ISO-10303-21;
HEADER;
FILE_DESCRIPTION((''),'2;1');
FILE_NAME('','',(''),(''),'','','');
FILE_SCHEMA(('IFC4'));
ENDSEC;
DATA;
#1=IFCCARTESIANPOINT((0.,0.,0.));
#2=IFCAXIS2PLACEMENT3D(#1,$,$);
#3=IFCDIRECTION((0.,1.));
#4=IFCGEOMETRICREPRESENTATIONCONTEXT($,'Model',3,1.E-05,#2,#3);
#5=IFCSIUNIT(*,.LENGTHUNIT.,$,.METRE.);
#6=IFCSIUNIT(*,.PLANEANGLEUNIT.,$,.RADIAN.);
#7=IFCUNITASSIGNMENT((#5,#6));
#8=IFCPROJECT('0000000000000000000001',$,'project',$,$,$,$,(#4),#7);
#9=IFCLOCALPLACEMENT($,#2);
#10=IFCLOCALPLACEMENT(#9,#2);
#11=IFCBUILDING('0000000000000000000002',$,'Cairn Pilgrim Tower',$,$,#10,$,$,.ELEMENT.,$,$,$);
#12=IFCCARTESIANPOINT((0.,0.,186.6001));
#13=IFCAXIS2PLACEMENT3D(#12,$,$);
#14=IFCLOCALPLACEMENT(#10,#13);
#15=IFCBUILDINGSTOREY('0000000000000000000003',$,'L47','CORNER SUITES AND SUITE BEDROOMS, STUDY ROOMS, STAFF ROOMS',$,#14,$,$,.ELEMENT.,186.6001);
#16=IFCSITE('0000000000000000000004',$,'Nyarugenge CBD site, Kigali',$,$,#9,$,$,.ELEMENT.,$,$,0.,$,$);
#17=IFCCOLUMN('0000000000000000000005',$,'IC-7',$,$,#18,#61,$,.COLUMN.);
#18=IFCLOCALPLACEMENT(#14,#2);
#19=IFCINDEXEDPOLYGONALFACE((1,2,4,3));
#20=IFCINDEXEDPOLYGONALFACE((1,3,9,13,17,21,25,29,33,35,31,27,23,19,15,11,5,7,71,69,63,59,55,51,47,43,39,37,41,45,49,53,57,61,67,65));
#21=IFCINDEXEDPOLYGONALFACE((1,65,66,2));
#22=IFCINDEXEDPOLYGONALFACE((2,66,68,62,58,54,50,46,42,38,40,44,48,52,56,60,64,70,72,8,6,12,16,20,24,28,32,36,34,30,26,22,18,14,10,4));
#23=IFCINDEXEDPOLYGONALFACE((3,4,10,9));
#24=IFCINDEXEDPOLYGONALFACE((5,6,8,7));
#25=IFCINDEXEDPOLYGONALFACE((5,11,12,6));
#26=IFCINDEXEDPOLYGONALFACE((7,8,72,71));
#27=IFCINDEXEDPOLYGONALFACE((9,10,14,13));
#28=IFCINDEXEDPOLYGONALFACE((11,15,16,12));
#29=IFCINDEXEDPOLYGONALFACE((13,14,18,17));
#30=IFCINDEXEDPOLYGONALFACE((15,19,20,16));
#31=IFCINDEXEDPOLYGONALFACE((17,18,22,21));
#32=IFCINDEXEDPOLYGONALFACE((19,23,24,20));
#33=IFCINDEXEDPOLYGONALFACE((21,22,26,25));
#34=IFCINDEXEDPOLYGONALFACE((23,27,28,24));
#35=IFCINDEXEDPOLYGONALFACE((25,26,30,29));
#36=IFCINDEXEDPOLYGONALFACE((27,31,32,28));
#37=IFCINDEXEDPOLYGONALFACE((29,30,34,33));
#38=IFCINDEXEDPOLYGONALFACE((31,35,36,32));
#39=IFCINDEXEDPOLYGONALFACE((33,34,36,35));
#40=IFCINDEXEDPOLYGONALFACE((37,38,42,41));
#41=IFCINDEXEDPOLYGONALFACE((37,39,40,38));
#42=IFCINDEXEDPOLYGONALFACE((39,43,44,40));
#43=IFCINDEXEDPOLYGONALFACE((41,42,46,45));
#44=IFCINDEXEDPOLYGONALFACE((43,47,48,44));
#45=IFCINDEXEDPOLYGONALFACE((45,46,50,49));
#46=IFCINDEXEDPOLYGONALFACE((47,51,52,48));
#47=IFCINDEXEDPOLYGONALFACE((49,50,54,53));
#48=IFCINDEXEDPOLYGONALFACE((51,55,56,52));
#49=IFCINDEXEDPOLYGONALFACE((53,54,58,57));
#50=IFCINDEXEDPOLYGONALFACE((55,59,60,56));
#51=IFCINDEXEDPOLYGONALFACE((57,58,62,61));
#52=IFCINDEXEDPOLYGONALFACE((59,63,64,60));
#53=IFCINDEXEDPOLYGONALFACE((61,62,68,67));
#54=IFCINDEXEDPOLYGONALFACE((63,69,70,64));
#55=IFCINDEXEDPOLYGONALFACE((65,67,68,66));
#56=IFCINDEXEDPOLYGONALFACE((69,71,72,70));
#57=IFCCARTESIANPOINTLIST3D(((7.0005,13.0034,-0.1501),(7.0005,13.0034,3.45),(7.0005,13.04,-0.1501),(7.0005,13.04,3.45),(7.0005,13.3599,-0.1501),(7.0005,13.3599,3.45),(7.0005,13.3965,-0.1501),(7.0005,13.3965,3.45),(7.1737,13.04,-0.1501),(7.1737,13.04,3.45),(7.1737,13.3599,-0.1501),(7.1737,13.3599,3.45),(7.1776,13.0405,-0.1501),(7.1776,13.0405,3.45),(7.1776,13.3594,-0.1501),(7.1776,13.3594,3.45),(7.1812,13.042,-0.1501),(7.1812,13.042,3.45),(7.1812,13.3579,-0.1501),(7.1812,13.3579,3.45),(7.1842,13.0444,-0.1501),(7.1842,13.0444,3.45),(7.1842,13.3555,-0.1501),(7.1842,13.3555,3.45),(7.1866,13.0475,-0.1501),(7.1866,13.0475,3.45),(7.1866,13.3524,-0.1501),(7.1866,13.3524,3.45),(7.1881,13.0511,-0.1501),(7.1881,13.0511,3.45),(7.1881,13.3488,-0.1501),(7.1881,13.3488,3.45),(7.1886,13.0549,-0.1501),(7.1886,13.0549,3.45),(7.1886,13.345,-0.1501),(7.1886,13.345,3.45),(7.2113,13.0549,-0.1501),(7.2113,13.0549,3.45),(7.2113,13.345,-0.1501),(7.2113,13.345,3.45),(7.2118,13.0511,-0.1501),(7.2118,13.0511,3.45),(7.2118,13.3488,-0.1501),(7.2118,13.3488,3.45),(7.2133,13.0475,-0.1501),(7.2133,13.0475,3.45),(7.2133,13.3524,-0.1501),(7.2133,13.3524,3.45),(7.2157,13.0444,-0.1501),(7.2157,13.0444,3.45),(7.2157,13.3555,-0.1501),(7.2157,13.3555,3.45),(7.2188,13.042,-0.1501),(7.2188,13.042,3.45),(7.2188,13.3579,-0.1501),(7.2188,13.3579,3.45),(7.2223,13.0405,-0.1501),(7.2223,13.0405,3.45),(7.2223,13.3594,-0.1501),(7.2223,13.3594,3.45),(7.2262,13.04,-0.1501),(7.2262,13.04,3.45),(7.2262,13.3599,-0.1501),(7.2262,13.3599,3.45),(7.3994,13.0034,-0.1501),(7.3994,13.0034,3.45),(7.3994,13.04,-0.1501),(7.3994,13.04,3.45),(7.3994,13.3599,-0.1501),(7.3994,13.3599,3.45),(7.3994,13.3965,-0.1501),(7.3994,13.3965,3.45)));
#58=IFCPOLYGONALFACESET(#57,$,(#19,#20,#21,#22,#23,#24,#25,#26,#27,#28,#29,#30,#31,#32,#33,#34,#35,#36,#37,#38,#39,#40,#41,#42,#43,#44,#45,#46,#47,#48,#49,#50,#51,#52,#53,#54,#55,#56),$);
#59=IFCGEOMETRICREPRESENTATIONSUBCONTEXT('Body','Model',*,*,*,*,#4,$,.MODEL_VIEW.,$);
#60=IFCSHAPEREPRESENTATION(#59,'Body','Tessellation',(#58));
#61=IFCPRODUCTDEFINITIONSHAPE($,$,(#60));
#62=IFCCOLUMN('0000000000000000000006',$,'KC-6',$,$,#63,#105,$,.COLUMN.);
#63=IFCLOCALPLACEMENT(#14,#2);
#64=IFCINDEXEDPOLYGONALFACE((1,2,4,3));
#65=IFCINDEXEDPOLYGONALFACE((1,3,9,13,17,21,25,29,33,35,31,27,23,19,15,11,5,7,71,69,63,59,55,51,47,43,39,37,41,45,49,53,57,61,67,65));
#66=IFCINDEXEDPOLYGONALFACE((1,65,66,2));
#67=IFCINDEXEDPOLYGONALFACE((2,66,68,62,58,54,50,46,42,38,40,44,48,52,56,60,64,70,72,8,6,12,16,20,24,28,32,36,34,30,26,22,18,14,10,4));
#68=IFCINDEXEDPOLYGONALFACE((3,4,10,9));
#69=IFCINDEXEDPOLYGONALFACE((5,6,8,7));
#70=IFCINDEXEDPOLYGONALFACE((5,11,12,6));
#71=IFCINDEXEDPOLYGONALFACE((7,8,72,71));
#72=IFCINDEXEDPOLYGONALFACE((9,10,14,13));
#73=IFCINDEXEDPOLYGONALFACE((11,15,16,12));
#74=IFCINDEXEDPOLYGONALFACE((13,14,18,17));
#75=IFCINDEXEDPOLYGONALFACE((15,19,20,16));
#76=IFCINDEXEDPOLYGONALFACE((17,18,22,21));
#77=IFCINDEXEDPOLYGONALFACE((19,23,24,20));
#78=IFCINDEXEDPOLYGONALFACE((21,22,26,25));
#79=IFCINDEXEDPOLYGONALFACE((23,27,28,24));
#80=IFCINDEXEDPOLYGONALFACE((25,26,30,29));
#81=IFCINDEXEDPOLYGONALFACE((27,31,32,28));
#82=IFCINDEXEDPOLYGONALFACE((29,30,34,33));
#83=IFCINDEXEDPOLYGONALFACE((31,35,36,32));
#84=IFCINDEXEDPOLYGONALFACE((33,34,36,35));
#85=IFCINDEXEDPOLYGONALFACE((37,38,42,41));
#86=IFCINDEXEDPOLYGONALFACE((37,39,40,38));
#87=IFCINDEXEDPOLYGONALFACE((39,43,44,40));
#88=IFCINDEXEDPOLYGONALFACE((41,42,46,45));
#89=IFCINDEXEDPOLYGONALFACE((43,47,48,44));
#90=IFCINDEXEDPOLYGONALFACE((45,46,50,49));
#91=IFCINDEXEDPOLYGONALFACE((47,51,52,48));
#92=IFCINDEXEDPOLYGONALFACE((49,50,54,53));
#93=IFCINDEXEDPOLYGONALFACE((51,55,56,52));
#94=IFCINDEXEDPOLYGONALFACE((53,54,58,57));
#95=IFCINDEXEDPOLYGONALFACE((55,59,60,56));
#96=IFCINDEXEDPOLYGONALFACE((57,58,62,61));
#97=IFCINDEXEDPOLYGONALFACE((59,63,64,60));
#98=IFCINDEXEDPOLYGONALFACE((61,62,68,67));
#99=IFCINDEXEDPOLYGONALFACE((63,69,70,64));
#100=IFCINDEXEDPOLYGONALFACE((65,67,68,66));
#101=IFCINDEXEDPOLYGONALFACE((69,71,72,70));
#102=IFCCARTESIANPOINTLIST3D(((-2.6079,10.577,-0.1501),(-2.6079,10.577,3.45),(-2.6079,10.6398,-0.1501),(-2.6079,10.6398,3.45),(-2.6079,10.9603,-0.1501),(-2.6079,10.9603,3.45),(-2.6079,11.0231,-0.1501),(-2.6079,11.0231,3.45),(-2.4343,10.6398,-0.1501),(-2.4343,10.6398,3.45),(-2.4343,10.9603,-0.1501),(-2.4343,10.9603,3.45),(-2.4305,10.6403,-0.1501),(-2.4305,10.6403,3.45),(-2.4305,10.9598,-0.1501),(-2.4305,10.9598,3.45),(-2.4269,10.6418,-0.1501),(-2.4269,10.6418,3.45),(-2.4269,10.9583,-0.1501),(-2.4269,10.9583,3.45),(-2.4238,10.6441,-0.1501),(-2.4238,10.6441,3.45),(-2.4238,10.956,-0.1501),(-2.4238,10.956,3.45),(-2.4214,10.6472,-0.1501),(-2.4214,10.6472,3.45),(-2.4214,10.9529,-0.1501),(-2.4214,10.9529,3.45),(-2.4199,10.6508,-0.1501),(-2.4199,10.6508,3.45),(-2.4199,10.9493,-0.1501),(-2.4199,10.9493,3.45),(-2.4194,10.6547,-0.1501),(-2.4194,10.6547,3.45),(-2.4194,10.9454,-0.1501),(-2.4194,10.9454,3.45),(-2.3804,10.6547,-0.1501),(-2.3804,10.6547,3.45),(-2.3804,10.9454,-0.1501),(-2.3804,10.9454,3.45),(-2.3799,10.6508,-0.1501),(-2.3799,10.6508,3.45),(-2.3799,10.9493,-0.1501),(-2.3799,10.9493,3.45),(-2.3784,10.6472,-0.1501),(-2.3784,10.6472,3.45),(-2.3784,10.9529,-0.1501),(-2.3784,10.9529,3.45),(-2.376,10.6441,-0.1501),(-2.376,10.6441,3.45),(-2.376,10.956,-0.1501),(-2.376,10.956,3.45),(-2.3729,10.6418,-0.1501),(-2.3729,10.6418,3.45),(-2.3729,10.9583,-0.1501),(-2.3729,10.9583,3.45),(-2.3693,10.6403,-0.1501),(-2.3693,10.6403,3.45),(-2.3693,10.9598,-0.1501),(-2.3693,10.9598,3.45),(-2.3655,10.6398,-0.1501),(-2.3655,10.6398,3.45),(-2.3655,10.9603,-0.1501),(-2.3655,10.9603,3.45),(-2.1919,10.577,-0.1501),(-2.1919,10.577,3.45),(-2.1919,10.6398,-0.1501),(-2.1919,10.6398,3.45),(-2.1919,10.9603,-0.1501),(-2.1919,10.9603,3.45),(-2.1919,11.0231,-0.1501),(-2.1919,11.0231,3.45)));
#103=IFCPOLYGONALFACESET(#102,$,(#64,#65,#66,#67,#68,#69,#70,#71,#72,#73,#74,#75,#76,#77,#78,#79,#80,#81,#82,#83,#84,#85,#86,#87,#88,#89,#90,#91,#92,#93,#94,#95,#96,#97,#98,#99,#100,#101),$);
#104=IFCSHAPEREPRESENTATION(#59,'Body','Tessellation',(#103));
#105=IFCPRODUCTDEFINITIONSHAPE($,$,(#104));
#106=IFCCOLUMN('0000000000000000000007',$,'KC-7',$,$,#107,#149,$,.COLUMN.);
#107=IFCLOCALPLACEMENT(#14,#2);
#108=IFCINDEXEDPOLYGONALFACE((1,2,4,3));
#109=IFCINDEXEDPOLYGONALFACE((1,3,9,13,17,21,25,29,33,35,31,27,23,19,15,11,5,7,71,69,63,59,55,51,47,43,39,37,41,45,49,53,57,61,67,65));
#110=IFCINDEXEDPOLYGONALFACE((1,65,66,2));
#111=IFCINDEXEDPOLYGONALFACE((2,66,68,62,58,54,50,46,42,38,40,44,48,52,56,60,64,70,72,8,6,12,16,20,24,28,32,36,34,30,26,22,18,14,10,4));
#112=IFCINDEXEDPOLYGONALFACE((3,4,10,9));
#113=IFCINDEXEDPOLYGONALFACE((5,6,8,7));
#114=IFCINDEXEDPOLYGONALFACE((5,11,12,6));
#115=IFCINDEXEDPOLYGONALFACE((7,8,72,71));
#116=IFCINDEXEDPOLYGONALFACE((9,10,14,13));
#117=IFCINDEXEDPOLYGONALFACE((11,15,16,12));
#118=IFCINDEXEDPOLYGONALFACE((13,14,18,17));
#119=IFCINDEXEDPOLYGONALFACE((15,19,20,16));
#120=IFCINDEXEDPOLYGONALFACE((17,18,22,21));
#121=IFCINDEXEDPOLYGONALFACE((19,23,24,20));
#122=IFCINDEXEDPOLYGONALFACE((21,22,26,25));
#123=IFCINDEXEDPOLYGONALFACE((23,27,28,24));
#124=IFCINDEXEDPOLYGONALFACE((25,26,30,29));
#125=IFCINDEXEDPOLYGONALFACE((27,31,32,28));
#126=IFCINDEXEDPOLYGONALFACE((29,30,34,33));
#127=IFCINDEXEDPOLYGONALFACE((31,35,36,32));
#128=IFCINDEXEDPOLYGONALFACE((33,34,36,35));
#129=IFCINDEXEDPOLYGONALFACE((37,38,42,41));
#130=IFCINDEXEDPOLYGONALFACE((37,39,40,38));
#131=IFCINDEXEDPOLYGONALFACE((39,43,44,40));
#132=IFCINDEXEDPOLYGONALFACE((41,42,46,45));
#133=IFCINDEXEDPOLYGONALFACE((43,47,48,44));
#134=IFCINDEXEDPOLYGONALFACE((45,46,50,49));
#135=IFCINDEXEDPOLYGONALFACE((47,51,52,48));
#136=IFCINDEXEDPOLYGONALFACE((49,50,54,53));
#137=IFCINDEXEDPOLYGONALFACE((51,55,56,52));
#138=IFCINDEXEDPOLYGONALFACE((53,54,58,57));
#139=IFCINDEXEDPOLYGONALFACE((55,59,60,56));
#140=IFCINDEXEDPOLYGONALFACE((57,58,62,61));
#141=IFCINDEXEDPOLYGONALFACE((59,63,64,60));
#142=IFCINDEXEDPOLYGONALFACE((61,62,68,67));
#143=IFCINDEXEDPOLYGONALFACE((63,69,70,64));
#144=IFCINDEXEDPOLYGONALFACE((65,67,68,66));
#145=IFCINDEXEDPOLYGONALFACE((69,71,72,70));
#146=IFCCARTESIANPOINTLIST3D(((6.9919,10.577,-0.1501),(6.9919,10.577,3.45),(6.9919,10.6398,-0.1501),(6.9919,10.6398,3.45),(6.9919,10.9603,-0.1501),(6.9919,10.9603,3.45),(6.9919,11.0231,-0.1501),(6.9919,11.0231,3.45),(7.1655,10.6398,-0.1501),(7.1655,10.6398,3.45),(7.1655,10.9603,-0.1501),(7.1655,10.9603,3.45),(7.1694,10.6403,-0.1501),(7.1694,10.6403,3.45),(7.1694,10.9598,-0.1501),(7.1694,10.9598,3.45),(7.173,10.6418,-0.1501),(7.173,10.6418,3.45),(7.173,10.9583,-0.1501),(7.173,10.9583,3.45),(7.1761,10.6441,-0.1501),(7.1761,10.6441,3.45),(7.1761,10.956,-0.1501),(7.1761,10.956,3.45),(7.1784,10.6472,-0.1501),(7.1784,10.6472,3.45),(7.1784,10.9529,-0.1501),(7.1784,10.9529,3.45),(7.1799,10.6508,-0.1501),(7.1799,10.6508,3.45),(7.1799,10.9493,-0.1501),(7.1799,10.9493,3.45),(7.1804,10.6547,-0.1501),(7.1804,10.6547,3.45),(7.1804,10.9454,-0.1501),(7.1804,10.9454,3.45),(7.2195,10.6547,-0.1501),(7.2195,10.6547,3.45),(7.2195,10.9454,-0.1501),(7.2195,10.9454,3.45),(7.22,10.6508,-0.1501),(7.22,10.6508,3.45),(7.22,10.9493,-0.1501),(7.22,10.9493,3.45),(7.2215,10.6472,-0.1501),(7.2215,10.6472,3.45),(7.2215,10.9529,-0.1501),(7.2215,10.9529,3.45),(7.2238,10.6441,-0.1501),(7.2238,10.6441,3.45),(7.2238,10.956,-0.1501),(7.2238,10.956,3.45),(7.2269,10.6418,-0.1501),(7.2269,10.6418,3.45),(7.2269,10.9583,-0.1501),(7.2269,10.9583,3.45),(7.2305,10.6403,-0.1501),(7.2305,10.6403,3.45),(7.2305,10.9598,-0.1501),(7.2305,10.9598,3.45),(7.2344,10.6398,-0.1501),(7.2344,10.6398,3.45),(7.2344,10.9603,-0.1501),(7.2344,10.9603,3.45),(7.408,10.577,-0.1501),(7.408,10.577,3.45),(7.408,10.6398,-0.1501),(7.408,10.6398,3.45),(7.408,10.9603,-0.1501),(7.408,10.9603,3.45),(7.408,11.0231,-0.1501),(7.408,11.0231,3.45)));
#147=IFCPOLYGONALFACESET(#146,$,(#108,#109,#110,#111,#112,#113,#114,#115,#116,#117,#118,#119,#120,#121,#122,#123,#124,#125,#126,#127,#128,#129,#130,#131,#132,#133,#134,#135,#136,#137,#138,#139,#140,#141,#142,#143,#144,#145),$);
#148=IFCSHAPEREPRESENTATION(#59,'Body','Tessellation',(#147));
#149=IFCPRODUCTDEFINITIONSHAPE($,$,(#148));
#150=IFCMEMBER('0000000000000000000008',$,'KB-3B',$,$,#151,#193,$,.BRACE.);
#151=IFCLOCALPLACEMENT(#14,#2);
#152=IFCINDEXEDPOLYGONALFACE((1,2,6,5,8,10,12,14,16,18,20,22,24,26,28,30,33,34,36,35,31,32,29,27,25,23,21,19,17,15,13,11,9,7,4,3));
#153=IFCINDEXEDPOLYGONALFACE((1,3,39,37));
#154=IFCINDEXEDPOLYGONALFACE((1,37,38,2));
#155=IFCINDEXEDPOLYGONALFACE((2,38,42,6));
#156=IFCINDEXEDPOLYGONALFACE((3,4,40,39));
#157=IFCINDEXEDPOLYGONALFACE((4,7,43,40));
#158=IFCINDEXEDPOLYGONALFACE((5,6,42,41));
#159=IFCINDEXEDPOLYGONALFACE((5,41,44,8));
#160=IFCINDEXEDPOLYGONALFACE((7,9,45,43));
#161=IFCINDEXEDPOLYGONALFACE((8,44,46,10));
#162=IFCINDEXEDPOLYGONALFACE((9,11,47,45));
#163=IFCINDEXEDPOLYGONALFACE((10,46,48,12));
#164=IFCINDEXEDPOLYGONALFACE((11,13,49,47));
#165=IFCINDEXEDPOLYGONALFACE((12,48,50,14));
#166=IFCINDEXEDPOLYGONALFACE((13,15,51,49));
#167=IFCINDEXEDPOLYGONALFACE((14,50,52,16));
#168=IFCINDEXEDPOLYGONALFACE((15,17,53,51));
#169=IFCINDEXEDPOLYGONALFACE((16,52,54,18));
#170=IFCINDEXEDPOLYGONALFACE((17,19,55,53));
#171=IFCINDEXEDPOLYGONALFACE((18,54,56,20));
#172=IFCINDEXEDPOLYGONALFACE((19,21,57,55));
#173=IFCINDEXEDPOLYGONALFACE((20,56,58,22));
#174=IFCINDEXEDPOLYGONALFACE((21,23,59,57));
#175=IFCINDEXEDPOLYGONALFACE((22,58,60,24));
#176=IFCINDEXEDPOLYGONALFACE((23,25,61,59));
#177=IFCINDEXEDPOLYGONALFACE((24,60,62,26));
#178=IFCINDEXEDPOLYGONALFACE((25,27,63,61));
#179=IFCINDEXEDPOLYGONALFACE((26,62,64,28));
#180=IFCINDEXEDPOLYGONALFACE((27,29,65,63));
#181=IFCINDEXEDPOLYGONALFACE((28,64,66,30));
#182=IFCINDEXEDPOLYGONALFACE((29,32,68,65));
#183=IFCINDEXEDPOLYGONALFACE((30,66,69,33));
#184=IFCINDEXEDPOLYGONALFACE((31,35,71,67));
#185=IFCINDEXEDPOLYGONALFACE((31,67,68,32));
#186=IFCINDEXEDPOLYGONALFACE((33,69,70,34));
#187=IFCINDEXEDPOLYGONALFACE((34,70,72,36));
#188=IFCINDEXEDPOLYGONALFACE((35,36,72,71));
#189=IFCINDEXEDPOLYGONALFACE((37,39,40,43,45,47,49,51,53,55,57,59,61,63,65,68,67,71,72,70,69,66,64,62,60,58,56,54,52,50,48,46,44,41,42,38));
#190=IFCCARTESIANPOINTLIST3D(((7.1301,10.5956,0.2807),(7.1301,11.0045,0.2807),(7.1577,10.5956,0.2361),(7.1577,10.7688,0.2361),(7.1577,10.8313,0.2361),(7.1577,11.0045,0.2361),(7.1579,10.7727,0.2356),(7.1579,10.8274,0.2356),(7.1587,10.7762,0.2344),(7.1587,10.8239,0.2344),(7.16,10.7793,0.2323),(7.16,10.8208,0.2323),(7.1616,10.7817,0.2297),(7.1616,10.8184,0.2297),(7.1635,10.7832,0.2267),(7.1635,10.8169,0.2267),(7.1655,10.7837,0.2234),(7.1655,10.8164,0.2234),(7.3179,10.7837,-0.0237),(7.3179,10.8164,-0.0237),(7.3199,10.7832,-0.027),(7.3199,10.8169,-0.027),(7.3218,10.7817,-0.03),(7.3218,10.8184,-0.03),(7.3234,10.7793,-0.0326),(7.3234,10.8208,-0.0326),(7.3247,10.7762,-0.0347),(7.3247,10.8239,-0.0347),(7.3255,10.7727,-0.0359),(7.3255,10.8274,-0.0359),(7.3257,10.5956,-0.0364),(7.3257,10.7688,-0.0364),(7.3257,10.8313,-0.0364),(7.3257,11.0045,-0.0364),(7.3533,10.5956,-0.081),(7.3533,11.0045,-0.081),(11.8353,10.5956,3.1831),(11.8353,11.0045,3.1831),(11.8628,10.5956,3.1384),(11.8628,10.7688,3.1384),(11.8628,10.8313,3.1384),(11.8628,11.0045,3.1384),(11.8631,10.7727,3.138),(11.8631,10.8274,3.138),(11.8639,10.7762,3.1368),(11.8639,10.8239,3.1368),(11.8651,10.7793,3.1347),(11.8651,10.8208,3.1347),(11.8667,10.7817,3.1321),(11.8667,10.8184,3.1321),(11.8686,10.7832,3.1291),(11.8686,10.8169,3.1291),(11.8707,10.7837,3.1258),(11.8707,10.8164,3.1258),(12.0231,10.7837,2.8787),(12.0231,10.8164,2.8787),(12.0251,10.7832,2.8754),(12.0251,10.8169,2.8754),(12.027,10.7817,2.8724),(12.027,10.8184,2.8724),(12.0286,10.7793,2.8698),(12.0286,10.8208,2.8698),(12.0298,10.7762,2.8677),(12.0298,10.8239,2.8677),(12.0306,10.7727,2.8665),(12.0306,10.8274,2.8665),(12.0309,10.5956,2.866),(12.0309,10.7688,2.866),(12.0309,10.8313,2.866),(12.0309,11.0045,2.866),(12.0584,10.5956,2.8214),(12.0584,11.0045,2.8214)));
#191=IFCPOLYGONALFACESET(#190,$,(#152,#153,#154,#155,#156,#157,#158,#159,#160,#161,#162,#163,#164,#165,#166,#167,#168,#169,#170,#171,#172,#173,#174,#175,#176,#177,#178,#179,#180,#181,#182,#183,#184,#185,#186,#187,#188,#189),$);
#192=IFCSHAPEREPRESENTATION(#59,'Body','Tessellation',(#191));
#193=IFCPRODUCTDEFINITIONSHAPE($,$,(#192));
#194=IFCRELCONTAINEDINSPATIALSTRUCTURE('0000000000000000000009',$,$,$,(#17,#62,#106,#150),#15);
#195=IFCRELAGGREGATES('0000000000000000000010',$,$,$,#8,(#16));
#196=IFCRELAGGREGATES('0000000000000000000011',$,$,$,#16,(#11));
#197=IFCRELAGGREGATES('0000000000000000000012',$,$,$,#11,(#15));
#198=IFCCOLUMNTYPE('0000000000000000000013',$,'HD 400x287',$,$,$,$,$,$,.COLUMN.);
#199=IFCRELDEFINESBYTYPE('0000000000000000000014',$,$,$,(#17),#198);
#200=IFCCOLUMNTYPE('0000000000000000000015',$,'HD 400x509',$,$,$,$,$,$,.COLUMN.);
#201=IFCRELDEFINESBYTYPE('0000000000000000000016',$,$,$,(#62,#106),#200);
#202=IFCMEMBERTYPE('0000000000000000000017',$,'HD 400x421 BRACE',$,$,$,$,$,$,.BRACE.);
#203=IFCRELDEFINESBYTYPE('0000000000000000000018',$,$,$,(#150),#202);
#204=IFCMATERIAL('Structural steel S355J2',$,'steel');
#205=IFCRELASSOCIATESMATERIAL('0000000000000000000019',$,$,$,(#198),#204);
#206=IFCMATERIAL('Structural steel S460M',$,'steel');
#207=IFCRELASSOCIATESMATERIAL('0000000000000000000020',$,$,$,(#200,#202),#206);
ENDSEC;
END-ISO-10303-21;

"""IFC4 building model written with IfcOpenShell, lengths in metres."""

from ifc_helpers import new_model, si_unit, direction, frame, origin, origin_2d, place, context, subcontext, project, spatial, i_section, extrude, material, material_profile, profile_set, type_object, element, save


model = new_model("IFC4")

# Units and contexts
model_context = context("Model", 3, precision=1e-05, world=origin(), true_north=direction((0.0, 1.0)))
body_context = subcontext(model_context, "Body", "Model", "MODEL_VIEW")
ifc_project = project(units=[si_unit("LENGTHUNIT", "METRE"), si_unit("PLANEANGLEUNIT", "RADIAN")], contexts=[model_context])

# Site, building, storey
site_placement = place(None, origin())
site = spatial("IfcSite", under=ifc_project, at=site_placement, Name="Nyarugenge CBD site, Kigali", CompositionType="ELEMENT", RefElevation=0.0)
building_placement = place(site_placement, origin())
building = spatial("IfcBuilding", under=site, at=building_placement, Name="Cairn Pilgrim Tower", CompositionType="ELEMENT")
storey_placement = place(building_placement, frame((0.0, 0.0, 186.6001)))
storey = spatial("IfcBuildingStorey", under=building, at=storey_placement, Name="L47", Description="CORNER SUITES AND SUITE BEDROOMS, STUDY ROOMS, STAFF ROOMS", CompositionType="ELEMENT", Elevation=186.6001)

# Columns
ifc_material_1 = material(Name="Structural steel S355J2", Category="steel")
ifc_material_profile_1 = material_profile(ifc_material_1, i_section(OverallWidth=0.3989, OverallDepth=0.3931, WebThickness=0.0227, FlangeThickness=0.0366, FilletRadius=0.0149, at=origin_2d()), Name="HD 400x287")
ifc_profile_set_1 = profile_set([ifc_material_profile_1], Name="Structural steel S355J2")
column_type_1 = type_object("IfcColumnType", Name="HD 400x287", PredefinedType="COLUMN", material=ifc_profile_set_1)
column_placement = place(storey_placement, frame((7.2, 13.2, -0.1501), z_axis=(0.0, 0.0, 1.0), x_axis=(1.0, 0.0, 0.0)))
element("IfcColumn", 1, at=column_placement, inside=storey, type_object=column_type_1, Name="IC-7", PredefinedType="COLUMN", context=body_context, shape_type="SweptSolid", body=[
    extrude(i_section(OverallWidth=0.3989, OverallDepth=0.3931, WebThickness=0.0227, FlangeThickness=0.0366, FilletRadius=0.0149, at=origin_2d()), origin(), (0.0, 0.0, 1.0), 3.6001),
])
ifc_material_2 = material(Name="Structural steel S460M", Category="steel")
ifc_material_profile_2 = material_profile(ifc_material_2, i_section(OverallWidth=0.416, OverallDepth=0.446, WebThickness=0.0391, FlangeThickness=0.0627, FilletRadius=0.0149, at=origin_2d()), Name="HD 400x509")
ifc_profile_set_2 = profile_set([ifc_material_profile_2], Name="Structural steel S460M")
column_type_2 = type_object("IfcColumnType", Name="HD 400x509", PredefinedType="COLUMN", material=ifc_profile_set_2)
for number, where, z_axis, x_axis, name in (
    (2, (-2.3999, 10.8, -0.1501), (0.0, 0.0, 1.0), (1.0, 0.0, 0.0), "KC-6"),
    (3, (7.2, 10.8, -0.1501), (0.0, 0.0, 1.0), (1.0, 0.0, 0.0), "KC-7"),
):
    element("IfcColumn", number, at=place(storey_placement, frame(where, z_axis=z_axis, x_axis=x_axis)), inside=storey, type_object=column_type_2, Name=name, PredefinedType="COLUMN", context=body_context, shape_type="SweptSolid", body=[
        extrude(i_section(OverallWidth=0.416, OverallDepth=0.446, WebThickness=0.0391, FlangeThickness=0.0627, FilletRadius=0.0149, at=origin_2d()), origin(), (0.0, 0.0, 1.0), 3.6001),
    ])

# Member
ifc_material_profile_3 = material_profile(ifc_material_2, i_section(OverallWidth=0.4089, OverallDepth=0.425, WebThickness=0.0327, FlangeThickness=0.0525, FilletRadius=0.0149, at=origin_2d()), Name="HD 400x421")
ifc_profile_set_3 = profile_set([ifc_material_profile_3], Name="Structural steel S460M")
member_type = type_object("IfcMemberType", Name="HD 400x421 BRACE", PredefinedType="BRACE", material=ifc_profile_set_3)
member_1_placement = place(storey_placement, frame((7.2417, 10.8, 0.0999), z_axis=(0.8511, 0.0, 0.525004), x_axis=(0.0, 1.0, 0.0)))
element("IfcMember", 4, at=member_1_placement, inside=storey, type_object=member_type, Name="KB-3B", PredefinedType="BRACE", context=body_context, shape_type="SweptSolid", body=[
    extrude(i_section(OverallWidth=0.4089, OverallDepth=0.425, WebThickness=0.0327, FlangeThickness=0.0525, FilletRadius=0.0149, at=origin_2d()), origin(), (0.0, 0.0, 1.0), 5.5283),
])

save(model, "model.ifc")
